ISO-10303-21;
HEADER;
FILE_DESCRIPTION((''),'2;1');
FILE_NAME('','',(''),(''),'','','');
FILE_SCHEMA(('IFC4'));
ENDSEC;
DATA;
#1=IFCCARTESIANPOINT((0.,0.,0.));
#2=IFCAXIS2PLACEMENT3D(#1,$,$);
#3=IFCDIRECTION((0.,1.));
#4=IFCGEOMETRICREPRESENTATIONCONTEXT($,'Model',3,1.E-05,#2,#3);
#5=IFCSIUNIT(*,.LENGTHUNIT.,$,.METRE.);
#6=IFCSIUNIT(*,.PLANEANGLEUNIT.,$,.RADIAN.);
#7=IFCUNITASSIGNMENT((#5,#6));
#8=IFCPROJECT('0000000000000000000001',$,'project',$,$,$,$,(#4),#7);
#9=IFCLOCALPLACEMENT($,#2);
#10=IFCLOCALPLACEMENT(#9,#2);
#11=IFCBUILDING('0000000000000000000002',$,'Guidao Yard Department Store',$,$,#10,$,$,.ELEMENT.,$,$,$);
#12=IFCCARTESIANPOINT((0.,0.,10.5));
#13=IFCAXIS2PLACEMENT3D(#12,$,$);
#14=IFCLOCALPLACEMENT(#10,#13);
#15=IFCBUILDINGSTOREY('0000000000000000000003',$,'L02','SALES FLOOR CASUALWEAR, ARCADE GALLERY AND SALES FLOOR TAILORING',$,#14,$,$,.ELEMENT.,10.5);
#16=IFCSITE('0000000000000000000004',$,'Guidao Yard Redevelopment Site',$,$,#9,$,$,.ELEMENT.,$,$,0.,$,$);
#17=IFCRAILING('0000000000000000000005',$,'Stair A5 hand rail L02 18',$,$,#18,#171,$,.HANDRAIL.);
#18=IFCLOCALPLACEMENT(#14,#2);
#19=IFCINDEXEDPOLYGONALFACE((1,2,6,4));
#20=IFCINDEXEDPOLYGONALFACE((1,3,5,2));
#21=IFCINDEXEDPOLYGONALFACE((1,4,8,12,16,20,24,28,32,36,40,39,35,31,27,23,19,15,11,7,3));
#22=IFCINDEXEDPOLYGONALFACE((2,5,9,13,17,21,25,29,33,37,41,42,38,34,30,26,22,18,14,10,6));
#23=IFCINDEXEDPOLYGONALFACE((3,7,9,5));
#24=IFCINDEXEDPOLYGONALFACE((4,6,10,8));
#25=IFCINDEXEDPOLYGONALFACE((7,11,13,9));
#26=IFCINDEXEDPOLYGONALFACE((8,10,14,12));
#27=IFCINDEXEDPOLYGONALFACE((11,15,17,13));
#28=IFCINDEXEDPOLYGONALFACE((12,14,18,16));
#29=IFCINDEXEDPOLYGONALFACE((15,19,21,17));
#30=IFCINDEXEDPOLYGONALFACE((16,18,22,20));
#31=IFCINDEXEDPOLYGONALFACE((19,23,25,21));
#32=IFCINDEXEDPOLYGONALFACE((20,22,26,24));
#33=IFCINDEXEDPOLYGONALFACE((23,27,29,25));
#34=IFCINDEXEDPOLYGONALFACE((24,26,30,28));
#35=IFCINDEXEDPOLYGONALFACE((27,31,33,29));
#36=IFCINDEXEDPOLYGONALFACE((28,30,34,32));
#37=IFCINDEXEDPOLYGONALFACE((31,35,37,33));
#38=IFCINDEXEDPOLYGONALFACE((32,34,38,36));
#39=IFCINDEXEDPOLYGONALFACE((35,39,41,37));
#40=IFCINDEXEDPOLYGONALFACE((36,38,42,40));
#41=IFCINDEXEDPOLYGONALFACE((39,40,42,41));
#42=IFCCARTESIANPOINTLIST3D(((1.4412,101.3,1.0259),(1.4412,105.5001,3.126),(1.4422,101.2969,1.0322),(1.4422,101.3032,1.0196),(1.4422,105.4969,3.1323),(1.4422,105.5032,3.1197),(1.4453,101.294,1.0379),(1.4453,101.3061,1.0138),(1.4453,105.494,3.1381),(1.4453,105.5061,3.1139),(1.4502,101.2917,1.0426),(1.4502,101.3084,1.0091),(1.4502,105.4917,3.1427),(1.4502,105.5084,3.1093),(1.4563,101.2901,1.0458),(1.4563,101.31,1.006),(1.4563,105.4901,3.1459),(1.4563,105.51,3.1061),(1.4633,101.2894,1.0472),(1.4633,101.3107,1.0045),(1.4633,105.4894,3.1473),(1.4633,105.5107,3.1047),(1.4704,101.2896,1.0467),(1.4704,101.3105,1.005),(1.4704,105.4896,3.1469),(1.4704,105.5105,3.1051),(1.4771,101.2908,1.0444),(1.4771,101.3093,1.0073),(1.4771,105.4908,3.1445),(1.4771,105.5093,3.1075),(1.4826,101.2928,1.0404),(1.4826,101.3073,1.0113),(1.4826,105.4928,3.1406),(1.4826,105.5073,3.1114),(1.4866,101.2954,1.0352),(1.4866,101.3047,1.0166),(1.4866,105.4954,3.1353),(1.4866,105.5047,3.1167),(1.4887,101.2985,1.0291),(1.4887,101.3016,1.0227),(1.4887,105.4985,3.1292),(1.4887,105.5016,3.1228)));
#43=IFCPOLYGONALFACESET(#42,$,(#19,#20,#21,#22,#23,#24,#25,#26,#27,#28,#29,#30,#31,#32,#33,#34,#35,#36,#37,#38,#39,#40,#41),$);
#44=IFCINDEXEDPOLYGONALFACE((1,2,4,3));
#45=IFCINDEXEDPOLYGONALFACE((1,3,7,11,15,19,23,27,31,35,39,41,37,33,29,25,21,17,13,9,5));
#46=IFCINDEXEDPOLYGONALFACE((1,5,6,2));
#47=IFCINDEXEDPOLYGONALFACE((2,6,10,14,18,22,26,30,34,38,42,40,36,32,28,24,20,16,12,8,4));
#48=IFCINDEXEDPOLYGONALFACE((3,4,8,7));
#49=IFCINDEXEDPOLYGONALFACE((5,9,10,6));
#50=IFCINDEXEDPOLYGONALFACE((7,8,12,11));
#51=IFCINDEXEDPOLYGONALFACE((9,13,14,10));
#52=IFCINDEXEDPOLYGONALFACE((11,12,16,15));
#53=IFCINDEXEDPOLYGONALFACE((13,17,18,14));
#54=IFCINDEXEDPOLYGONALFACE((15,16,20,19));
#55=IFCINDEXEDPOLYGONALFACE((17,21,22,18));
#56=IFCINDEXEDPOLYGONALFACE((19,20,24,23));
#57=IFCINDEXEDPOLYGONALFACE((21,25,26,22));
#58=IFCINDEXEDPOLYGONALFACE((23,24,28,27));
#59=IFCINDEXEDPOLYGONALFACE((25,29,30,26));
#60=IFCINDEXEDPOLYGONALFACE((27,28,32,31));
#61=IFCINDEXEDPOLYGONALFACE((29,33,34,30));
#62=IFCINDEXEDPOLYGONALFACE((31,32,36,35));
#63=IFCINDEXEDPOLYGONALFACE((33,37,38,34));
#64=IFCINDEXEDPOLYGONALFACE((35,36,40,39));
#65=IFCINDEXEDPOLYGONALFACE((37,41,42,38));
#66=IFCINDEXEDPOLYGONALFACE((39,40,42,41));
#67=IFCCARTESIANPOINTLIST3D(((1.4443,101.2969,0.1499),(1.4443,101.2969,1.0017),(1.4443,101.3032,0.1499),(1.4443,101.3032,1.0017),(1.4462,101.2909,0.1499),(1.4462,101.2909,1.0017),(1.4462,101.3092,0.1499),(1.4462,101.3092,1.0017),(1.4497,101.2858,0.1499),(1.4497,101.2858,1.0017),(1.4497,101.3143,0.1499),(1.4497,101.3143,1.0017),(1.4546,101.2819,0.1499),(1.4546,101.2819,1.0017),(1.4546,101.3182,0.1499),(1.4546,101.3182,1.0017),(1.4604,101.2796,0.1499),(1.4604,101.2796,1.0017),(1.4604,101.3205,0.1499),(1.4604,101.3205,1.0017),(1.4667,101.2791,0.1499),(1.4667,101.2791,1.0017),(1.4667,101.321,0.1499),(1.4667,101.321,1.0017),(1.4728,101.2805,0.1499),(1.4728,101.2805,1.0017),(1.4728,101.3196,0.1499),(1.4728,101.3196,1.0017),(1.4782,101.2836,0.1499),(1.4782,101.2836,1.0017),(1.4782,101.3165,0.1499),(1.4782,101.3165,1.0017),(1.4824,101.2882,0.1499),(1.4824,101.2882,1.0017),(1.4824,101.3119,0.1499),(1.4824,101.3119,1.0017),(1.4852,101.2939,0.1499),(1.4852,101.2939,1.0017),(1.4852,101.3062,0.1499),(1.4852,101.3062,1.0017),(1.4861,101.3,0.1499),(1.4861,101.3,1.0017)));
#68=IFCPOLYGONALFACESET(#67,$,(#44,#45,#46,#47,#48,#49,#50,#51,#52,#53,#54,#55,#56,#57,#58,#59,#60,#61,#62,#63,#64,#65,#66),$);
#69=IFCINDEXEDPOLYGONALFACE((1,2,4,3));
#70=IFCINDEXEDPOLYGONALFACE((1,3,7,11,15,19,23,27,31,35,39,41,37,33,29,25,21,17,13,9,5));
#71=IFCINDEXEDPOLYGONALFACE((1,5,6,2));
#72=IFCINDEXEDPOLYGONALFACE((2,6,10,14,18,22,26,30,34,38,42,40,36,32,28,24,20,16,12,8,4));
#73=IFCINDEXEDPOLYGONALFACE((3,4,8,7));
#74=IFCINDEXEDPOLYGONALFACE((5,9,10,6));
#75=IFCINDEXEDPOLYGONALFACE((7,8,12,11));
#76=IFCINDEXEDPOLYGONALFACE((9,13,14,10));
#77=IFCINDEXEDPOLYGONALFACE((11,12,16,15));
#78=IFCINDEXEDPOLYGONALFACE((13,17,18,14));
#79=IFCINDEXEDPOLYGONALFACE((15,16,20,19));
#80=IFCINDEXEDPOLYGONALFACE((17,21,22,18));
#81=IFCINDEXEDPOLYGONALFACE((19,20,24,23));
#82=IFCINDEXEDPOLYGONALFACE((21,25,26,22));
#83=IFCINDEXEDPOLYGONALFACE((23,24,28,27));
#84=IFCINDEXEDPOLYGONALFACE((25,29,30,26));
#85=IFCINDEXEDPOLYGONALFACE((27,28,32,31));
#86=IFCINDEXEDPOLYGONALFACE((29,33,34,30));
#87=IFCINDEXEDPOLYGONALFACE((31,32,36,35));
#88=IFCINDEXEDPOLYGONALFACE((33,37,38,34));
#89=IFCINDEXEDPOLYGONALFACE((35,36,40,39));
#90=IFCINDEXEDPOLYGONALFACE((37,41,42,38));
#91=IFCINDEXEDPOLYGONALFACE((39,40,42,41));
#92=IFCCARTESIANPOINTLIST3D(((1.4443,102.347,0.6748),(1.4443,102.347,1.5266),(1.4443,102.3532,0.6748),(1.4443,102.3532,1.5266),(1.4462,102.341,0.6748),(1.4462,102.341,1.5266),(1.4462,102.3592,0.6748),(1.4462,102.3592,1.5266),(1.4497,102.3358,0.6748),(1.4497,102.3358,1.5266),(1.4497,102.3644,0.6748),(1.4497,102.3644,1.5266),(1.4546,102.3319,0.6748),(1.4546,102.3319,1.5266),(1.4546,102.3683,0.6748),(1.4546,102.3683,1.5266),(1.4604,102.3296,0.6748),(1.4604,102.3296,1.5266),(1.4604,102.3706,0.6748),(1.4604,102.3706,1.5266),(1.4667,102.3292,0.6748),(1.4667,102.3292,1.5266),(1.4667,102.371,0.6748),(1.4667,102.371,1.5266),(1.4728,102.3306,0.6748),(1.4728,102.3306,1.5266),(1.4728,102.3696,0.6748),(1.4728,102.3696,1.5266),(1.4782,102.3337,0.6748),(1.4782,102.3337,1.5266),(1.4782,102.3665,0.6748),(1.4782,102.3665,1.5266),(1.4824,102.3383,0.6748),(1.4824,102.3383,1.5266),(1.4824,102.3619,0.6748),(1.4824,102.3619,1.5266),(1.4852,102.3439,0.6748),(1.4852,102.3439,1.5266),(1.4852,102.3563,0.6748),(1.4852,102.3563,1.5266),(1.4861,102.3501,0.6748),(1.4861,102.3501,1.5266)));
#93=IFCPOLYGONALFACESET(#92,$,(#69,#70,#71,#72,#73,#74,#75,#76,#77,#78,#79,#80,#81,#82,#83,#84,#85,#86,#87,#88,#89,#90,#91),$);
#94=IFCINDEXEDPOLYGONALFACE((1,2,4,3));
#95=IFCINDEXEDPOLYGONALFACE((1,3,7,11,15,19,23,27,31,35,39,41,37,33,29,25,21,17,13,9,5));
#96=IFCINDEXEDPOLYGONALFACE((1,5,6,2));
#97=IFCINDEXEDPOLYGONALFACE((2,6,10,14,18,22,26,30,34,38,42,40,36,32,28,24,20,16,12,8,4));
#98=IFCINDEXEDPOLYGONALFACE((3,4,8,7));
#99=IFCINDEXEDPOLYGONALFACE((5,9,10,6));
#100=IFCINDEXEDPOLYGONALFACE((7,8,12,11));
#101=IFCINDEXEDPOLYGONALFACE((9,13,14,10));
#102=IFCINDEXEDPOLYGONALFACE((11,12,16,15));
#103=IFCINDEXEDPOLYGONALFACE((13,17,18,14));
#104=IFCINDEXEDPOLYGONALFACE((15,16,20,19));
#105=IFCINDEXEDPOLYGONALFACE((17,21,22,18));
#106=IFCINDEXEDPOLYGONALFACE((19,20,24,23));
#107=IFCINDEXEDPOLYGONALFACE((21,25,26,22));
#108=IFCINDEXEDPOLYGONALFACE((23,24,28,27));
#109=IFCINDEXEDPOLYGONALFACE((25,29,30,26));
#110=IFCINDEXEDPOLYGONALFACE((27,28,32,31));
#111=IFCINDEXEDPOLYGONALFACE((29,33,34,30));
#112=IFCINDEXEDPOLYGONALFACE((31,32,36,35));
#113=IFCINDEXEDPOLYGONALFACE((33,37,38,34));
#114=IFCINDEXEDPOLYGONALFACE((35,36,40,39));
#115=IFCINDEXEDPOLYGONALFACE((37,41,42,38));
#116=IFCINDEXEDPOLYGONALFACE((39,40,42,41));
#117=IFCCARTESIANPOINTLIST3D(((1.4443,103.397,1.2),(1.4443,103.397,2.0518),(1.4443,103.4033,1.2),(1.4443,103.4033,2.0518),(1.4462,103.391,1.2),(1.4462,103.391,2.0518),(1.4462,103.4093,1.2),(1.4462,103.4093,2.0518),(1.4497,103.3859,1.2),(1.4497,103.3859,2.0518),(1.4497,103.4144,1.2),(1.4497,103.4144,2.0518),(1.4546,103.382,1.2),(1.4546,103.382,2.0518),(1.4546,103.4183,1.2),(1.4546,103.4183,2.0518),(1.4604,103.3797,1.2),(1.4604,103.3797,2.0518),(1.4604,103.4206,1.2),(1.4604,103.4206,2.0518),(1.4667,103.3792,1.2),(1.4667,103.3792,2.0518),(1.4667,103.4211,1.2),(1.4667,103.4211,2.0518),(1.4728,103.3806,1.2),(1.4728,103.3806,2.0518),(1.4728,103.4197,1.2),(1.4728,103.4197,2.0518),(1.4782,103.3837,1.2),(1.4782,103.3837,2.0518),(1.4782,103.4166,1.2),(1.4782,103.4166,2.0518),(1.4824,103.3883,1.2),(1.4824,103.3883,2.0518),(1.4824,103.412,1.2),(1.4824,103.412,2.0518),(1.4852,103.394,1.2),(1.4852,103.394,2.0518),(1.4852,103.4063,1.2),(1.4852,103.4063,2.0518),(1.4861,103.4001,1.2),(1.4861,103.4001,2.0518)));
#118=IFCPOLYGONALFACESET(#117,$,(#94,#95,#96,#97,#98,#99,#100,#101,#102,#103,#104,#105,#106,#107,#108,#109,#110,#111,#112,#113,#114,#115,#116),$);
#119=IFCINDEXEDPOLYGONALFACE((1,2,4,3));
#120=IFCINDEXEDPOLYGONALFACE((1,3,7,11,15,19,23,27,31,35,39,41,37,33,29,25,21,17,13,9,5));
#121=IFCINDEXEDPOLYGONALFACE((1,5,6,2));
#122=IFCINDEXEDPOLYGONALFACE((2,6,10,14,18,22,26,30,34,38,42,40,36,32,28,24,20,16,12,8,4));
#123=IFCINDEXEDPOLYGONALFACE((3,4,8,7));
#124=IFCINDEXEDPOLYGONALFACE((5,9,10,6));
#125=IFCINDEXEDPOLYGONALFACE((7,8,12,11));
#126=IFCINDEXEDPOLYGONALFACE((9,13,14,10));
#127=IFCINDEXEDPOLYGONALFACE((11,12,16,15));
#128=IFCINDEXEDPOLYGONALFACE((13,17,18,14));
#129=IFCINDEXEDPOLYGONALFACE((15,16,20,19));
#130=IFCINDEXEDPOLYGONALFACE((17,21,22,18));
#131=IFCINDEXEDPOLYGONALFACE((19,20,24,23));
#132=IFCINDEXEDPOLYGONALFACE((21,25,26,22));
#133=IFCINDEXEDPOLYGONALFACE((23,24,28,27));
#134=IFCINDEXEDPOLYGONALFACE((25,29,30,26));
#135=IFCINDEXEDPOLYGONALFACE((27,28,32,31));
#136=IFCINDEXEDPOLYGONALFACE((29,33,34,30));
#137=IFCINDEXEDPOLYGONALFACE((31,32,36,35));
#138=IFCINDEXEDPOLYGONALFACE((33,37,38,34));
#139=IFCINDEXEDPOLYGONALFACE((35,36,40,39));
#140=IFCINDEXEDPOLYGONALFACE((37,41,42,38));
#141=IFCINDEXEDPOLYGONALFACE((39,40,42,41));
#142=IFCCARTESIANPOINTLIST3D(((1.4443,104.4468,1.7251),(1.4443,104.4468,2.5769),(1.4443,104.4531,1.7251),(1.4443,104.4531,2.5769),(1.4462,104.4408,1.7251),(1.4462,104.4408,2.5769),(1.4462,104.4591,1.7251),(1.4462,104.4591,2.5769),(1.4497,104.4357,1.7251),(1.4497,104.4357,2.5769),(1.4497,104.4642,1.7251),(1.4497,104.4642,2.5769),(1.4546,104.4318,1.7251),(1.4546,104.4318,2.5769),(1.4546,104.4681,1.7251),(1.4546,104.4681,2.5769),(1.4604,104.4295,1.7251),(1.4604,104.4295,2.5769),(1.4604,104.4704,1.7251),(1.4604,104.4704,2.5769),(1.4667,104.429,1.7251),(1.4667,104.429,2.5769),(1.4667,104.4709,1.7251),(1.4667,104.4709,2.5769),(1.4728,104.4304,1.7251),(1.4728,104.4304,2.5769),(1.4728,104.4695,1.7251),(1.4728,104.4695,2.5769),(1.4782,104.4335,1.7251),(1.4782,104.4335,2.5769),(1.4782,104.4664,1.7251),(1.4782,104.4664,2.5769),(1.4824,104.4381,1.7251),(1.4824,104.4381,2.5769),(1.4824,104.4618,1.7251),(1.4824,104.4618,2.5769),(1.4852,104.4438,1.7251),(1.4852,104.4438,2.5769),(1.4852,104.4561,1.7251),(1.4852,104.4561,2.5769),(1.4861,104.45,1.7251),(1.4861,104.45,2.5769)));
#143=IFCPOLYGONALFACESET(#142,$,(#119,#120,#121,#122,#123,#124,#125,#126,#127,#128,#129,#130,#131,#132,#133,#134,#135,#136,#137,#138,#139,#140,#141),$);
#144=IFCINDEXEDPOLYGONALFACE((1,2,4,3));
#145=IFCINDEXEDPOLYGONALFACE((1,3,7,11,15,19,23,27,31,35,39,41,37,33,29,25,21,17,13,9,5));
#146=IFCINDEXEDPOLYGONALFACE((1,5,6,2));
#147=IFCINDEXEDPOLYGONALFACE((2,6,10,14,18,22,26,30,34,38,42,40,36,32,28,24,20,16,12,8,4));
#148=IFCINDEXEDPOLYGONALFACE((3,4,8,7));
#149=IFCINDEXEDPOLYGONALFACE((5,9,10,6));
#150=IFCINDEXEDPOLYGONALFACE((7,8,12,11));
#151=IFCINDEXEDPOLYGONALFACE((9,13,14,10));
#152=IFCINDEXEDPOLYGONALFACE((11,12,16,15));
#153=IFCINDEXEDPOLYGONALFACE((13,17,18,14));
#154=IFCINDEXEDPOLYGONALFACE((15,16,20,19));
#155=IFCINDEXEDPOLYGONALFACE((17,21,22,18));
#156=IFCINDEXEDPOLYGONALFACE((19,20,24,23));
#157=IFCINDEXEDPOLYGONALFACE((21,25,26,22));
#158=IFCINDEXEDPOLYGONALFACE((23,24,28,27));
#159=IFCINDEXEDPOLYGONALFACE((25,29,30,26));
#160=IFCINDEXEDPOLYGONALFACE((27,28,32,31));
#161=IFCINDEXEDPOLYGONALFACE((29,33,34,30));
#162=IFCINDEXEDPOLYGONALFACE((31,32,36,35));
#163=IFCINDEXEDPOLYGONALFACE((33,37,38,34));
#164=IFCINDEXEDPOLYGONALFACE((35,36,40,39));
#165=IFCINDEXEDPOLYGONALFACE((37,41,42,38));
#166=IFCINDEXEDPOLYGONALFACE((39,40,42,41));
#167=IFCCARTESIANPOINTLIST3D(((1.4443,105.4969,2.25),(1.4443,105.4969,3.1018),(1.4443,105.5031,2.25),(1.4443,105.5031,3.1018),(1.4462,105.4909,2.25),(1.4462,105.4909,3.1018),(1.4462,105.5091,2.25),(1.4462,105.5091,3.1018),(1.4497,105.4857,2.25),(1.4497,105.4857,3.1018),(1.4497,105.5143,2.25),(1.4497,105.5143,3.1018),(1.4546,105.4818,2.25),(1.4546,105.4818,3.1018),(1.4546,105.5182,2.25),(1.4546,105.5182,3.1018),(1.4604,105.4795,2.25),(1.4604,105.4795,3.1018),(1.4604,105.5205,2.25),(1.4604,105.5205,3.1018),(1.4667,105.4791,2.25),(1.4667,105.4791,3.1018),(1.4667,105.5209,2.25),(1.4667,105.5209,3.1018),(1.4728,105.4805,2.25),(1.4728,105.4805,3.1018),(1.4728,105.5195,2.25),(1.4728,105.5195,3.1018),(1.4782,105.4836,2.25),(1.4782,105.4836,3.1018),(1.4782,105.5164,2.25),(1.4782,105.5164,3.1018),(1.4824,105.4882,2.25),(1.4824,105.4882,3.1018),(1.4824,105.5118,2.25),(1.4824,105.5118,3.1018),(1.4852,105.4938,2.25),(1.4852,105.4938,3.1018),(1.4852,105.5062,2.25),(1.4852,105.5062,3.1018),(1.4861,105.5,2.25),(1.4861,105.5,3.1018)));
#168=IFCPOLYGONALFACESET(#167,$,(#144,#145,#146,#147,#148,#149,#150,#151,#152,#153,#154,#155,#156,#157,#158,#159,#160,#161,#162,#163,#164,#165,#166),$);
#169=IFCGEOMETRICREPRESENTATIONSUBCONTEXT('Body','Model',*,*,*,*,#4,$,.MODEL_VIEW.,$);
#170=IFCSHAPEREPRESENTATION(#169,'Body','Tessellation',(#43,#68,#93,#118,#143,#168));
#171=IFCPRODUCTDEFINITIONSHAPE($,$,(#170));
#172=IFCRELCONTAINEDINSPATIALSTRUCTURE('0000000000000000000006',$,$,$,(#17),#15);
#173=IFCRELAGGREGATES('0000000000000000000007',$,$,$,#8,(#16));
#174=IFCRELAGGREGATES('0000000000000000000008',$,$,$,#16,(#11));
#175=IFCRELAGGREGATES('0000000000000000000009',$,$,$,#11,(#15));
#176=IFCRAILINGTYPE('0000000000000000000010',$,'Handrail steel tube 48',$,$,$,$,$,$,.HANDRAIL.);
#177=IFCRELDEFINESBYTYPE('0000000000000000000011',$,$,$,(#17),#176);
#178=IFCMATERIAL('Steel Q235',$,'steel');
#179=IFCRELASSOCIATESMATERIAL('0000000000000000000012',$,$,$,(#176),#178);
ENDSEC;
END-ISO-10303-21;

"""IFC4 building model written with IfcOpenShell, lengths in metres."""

from ifc_helpers import new_model, si_unit, direction, frame, origin, origin_2d, place, context, subcontext, project, spatial, circle, extrude, material, type_object, element, save


model = new_model("IFC4")

# Units and contexts
model_context = context("Model", 3, precision=1e-05, world=origin(), true_north=direction((0.0, 1.0)))
body_context = subcontext(model_context, "Body", "Model", "MODEL_VIEW")
ifc_project = project(units=[si_unit("LENGTHUNIT", "METRE"), si_unit("PLANEANGLEUNIT", "RADIAN")], contexts=[model_context])

# Site, building, storey
site_placement = place(None, origin())
site = spatial("IfcSite", under=ifc_project, at=site_placement, Name="Guidao Yard Redevelopment Site", CompositionType="ELEMENT", RefElevation=0.0)
building_placement = place(site_placement, origin())
building = spatial("IfcBuilding", under=site, at=building_placement, Name="Guidao Yard Department Store", CompositionType="ELEMENT")
storey_placement = place(building_placement, frame((0.0, 0.0, 10.5)))
storey = spatial("IfcBuildingStorey", under=building, at=storey_placement, Name="L02", Description="SALES FLOOR CASUALWEAR, ARCADE GALLERY AND SALES FLOOR TAILORING", CompositionType="ELEMENT", Elevation=10.5)

# Railing
ifc_material_1 = material(Name="Steel Q235", Category="steel")
railing_type_1 = type_object("IfcRailingType", Name="Handrail steel tube 48", PredefinedType="HANDRAIL", material=ifc_material_1)
for number, where, name in (
    (1, (1.4651, 101.3, 0.1499), "Stair A5 hand rail L02 18"),
):
    element("IfcRailing", number, at=place(storey_placement, frame(where)), inside=storey, type_object=railing_type_1, Name=name, PredefinedType="HANDRAIL", context=body_context, shape_type="SweptSolid", body=[
        extrude(circle(Radius=0.0239, at=origin_2d()), frame((0.0, 0.0, 0.876), z_axis=(0.0, 0.894417, 0.447234), x_axis=(-1.0, 0.0, 0.0)), (0.0, 0.0, 1.0), 4.6958),
        extrude(circle(Radius=0.021, at=origin_2d()), origin(), (0.0, 0.0, 1.0), 0.8518),
        extrude(circle(Radius=0.021, at=origin_2d()), frame((0.0, 1.05, 0.5249)), (0.0, 0.0, 1.0), 0.8518),
        extrude(circle(Radius=0.021, at=origin_2d()), frame((0.0, 2.1001, 1.05)), (0.0, 0.0, 1.0), 0.8518),
        extrude(circle(Radius=0.021, at=origin_2d()), frame((0.0, 3.1499, 1.5752)), (0.0, 0.0, 1.0), 0.8518),
        extrude(circle(Radius=0.021, at=origin_2d()), frame((0.0, 4.2, 2.1001)), (0.0, 0.0, 1.0), 0.8518),
    ])

save(model, "model.ifc")
